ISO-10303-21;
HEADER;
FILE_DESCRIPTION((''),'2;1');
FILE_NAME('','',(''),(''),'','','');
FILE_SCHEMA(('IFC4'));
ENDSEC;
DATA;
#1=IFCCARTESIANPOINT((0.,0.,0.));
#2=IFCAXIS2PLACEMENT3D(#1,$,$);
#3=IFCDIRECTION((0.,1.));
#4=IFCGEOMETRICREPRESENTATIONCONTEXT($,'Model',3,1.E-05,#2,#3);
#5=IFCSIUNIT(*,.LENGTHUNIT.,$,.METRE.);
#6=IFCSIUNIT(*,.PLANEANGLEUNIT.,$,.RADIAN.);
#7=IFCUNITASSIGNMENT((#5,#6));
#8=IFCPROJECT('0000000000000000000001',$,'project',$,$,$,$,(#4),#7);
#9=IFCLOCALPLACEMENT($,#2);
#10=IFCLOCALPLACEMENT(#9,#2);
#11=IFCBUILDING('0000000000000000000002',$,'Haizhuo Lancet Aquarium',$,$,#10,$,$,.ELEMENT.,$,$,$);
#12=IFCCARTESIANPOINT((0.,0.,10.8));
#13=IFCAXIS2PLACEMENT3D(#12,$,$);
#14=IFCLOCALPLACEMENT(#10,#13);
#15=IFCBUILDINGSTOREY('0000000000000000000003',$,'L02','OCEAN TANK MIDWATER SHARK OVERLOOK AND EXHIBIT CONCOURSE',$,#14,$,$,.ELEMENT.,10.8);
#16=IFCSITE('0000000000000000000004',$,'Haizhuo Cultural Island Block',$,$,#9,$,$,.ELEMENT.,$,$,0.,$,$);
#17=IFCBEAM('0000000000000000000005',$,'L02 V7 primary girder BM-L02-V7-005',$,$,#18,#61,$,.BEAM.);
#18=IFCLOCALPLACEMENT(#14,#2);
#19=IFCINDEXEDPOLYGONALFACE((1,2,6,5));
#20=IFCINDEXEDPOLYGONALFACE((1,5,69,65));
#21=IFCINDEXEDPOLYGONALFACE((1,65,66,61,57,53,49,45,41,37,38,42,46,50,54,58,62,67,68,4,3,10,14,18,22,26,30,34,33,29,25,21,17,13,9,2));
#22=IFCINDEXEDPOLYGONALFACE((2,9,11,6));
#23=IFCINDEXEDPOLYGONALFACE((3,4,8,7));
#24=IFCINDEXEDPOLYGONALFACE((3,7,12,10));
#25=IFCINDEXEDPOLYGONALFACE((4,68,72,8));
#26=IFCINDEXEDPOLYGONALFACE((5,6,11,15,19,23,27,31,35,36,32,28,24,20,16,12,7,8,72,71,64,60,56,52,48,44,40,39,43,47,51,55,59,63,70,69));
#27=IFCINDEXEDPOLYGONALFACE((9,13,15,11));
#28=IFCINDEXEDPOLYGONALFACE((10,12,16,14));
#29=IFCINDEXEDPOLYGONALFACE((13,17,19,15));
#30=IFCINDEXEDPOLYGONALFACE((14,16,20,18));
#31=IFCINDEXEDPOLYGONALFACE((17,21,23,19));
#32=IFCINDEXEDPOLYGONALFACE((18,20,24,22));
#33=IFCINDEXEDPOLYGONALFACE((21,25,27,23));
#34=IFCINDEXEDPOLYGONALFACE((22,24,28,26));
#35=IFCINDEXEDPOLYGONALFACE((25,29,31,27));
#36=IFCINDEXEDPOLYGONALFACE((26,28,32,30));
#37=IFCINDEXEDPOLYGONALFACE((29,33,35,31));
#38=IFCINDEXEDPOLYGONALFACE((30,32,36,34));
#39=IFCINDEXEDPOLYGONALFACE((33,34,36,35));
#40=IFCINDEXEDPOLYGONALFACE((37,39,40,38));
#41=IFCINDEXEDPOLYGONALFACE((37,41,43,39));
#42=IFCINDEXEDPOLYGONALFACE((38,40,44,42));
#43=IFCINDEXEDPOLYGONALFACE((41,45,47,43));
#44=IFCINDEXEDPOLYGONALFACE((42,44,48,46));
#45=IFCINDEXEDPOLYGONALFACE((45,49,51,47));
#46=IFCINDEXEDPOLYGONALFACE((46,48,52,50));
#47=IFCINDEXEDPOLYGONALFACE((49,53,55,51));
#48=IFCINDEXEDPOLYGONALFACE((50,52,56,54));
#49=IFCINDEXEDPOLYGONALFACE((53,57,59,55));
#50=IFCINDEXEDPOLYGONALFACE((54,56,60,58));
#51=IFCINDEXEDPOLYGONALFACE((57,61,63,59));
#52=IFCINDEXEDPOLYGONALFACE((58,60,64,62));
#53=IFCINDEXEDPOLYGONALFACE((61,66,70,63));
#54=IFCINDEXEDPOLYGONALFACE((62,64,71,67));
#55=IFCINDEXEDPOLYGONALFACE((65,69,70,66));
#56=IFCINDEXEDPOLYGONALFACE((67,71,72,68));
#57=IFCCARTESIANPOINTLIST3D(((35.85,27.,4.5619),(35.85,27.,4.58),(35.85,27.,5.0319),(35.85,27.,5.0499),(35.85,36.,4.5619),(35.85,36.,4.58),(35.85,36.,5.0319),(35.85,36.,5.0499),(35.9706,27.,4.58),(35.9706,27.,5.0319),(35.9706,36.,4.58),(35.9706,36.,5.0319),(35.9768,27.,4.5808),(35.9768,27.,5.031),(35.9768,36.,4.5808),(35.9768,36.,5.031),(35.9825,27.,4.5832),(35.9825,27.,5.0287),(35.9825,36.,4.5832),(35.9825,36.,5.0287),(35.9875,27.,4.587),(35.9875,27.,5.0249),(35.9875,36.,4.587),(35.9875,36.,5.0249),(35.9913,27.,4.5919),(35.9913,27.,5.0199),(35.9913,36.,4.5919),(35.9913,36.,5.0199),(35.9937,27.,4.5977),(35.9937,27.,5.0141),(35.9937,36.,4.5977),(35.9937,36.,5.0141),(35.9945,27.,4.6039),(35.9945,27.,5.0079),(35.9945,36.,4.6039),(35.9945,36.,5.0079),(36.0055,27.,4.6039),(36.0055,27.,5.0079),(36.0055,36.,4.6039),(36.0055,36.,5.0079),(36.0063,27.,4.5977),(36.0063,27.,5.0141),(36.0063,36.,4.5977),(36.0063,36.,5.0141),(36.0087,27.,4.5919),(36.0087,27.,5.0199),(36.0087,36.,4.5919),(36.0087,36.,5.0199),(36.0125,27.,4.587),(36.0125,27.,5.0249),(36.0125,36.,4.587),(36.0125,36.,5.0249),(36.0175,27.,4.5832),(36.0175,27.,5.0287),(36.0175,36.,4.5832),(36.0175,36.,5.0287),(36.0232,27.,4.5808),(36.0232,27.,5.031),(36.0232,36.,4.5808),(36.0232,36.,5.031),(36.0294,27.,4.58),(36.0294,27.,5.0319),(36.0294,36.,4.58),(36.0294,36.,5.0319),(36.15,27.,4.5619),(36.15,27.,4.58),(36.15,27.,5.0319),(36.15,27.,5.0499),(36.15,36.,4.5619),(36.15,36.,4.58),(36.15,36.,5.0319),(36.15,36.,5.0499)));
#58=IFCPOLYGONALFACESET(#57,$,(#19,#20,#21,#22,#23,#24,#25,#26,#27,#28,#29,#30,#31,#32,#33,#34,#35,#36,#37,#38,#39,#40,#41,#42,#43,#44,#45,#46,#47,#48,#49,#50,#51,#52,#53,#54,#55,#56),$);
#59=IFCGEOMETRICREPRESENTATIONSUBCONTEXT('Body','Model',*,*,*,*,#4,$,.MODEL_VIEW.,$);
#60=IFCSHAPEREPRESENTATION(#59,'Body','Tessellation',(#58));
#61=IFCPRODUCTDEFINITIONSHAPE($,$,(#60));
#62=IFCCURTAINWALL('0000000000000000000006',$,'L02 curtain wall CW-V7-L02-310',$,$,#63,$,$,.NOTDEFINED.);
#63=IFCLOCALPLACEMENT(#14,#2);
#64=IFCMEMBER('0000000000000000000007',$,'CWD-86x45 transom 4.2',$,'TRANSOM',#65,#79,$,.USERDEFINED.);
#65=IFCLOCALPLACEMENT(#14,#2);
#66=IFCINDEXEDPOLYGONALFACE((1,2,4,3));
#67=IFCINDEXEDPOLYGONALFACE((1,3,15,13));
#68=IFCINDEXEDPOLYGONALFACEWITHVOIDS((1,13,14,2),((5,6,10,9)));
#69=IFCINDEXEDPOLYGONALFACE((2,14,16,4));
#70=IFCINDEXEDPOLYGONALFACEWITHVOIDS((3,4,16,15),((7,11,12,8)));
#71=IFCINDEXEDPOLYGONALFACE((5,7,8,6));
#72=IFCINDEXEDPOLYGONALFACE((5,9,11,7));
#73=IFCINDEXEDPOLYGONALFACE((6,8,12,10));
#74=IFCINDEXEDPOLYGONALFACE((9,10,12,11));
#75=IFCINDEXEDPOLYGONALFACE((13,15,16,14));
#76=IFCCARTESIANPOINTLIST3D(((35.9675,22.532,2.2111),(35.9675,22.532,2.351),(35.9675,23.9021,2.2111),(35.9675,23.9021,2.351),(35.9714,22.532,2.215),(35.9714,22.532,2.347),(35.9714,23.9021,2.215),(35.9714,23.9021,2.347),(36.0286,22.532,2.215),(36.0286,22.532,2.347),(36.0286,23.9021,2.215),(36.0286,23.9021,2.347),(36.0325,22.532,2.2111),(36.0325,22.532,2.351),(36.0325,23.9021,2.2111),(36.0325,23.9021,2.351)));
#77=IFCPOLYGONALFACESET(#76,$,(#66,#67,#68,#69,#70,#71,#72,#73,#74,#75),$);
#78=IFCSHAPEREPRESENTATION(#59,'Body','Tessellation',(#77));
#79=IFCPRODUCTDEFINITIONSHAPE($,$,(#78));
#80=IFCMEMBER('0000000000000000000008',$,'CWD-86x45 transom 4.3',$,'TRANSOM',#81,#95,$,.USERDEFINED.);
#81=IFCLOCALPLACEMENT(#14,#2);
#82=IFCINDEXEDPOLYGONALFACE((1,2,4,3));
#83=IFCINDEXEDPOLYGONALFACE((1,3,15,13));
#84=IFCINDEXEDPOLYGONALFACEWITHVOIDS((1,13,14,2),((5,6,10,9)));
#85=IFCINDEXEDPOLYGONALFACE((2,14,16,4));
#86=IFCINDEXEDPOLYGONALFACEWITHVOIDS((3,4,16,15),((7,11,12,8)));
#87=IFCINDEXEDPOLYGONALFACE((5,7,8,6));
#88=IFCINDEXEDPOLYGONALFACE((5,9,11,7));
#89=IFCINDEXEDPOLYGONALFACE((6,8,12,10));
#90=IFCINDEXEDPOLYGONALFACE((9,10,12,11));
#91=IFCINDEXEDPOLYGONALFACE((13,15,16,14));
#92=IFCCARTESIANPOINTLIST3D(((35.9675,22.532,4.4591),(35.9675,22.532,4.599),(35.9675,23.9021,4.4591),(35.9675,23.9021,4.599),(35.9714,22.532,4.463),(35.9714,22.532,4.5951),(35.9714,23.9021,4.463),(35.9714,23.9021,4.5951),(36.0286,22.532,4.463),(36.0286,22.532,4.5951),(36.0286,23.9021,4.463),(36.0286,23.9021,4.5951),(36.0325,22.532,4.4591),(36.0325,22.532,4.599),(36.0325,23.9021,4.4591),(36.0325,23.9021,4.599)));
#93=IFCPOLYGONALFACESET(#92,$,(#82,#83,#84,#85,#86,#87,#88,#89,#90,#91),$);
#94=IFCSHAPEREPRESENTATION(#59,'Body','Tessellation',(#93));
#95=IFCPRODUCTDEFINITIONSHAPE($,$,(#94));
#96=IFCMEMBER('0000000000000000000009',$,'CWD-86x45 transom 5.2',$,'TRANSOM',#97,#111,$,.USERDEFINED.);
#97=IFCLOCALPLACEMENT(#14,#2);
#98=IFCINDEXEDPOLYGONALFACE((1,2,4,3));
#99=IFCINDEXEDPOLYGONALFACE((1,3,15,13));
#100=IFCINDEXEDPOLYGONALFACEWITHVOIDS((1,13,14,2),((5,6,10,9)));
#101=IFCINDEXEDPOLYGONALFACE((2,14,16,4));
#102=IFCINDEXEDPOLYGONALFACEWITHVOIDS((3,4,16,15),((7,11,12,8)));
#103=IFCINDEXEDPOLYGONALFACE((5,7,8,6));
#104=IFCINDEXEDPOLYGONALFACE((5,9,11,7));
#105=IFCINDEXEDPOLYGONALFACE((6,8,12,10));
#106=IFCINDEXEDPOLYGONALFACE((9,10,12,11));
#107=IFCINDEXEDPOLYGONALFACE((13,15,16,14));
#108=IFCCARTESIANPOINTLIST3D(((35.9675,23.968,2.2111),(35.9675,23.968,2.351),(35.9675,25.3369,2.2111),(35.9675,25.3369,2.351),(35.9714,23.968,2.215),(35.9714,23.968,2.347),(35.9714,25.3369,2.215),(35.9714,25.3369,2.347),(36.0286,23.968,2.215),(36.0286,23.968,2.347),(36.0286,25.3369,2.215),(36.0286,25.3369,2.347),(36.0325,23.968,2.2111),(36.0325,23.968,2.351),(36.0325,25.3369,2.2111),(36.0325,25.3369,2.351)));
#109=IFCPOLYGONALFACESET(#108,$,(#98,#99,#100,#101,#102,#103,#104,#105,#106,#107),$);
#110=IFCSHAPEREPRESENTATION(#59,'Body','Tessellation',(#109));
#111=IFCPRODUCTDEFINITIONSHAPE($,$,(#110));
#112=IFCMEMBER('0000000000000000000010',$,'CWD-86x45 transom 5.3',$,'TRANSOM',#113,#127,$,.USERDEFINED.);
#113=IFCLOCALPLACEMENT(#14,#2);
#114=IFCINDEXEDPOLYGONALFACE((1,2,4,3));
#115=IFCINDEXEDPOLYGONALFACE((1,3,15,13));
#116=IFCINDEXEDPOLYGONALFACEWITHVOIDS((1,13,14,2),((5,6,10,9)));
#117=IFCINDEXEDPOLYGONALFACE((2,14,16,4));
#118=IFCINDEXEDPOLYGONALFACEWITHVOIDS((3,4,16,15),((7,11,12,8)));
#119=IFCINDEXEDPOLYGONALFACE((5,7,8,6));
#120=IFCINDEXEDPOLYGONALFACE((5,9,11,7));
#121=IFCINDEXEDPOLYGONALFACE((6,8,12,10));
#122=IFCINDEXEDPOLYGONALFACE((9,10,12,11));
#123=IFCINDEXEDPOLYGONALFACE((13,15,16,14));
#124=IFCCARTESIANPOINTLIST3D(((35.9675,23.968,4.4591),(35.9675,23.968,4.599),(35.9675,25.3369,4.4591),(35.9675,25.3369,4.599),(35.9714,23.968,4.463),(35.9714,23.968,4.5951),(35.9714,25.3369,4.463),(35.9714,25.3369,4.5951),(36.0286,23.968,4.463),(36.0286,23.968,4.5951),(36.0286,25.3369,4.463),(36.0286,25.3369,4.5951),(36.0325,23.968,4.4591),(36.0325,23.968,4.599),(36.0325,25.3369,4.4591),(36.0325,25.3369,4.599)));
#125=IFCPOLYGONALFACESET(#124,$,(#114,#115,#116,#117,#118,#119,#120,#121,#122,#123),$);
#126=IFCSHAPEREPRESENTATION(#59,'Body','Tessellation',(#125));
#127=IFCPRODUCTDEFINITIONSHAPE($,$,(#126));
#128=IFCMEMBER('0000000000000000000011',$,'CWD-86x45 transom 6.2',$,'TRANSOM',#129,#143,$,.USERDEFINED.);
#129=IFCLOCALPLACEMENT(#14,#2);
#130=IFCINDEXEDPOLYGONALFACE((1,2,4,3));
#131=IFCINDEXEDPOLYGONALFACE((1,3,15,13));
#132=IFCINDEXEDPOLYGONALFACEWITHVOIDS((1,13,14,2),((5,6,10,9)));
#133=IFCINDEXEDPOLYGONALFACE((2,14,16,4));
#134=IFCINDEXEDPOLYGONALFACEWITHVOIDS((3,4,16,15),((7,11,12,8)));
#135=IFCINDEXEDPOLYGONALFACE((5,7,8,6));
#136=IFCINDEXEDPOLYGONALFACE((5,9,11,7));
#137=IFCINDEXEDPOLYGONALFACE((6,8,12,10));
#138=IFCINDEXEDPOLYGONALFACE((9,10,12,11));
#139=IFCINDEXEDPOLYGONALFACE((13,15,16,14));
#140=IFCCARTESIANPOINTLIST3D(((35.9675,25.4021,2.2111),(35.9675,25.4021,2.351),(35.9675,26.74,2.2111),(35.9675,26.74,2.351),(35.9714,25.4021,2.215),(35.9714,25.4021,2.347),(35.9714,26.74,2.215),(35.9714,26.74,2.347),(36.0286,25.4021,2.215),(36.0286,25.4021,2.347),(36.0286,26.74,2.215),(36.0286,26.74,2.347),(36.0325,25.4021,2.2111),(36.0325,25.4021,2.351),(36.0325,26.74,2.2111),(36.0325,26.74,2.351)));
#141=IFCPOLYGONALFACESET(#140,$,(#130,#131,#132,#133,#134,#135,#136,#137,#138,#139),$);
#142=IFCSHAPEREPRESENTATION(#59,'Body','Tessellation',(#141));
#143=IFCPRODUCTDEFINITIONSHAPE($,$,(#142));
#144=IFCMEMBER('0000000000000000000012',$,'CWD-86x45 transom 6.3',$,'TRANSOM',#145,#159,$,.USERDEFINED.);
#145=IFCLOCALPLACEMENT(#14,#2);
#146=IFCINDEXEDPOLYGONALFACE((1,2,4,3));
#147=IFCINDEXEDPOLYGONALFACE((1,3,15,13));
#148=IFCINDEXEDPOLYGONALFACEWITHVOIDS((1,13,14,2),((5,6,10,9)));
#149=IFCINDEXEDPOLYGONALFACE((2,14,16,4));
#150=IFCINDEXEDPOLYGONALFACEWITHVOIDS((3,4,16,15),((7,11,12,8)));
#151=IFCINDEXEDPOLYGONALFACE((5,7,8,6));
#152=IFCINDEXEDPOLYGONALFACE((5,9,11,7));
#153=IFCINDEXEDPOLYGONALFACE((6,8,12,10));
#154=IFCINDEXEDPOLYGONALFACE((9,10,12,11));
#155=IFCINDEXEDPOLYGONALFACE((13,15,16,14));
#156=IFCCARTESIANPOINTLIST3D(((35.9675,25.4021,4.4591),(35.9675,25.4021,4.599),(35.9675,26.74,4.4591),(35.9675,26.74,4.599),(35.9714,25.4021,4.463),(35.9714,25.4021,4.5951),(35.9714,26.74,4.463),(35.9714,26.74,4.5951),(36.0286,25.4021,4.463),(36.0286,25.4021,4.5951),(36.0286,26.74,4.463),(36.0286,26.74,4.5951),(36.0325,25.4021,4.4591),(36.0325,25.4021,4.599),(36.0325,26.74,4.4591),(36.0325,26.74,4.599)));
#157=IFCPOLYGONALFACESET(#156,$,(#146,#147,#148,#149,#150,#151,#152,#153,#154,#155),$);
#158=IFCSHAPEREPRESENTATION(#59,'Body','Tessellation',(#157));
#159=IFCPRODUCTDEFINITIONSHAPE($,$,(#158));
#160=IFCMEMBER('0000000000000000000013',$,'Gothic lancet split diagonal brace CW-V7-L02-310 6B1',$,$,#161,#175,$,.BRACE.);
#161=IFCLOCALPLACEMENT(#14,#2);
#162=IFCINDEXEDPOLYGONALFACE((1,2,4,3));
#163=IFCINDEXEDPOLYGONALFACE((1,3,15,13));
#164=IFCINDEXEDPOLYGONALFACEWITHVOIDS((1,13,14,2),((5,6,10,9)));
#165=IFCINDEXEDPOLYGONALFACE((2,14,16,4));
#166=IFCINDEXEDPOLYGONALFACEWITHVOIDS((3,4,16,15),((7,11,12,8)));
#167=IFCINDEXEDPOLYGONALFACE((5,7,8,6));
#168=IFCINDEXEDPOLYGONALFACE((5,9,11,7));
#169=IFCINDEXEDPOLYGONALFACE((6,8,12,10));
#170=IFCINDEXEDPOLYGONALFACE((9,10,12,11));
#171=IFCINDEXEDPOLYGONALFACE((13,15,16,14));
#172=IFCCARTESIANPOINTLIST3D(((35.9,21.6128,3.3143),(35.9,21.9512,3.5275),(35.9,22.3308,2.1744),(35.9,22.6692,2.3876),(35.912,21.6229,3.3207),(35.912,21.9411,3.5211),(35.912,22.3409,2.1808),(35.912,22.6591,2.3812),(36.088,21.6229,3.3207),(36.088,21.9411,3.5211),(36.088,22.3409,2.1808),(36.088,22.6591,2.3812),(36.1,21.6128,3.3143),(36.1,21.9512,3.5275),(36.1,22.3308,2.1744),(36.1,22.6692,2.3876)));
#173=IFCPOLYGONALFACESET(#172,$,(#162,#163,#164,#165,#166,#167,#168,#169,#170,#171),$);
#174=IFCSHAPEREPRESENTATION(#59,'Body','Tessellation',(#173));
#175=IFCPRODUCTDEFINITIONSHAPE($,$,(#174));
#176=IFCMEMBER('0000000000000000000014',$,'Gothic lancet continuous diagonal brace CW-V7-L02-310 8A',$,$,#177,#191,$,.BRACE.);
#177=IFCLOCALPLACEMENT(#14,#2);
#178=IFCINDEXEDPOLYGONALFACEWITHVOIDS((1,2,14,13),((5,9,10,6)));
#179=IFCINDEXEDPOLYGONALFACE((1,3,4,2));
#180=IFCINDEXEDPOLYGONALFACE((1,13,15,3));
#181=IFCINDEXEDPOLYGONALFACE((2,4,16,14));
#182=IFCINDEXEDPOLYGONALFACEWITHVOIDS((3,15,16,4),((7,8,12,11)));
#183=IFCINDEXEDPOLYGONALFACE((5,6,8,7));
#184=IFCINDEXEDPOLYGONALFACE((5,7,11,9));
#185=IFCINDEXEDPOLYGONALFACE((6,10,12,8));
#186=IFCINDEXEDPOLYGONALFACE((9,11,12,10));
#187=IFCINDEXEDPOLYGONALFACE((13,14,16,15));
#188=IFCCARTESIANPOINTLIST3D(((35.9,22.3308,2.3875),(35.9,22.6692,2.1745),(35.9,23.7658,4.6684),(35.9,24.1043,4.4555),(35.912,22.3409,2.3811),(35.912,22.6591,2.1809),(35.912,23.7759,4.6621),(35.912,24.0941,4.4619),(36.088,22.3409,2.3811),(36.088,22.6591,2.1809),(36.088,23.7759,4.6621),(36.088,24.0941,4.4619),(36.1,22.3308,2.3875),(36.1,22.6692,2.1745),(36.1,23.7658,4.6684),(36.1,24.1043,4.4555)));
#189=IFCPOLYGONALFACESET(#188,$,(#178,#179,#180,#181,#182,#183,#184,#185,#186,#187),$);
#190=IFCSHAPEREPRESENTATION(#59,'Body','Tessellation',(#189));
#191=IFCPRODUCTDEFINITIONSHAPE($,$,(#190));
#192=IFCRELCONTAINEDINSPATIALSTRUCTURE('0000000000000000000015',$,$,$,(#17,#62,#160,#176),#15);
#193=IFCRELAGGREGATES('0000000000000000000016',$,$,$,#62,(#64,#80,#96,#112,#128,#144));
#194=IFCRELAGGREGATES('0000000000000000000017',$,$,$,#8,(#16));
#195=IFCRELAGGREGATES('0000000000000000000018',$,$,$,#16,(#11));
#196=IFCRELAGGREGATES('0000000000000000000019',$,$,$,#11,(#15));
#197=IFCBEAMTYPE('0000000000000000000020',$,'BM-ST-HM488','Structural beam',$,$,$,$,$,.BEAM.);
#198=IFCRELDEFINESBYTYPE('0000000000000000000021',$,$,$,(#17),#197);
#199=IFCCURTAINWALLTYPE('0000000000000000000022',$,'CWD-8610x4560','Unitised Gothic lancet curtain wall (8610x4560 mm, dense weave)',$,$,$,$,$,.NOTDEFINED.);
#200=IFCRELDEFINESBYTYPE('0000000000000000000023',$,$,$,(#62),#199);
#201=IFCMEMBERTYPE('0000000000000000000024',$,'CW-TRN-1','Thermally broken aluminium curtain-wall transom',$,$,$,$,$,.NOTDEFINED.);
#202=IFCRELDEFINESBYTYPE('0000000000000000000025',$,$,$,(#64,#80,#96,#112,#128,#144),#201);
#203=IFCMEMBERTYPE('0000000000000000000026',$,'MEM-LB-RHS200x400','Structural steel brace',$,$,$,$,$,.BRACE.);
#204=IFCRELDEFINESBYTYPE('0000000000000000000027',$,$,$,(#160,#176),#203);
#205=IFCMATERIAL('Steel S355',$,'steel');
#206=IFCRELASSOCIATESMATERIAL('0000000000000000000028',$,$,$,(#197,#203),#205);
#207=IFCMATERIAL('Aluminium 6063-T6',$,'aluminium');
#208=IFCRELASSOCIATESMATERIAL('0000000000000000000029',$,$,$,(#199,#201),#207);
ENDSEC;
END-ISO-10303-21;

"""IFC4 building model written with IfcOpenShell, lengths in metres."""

from ifc_helpers import new_model, si_unit, direction, frame, origin, origin_2d, place, context, subcontext, project, spatial, hollow_rectangle, i_section, extrude, material, material_profile, profile_set, type_object, element, aggregate, save


model = new_model("IFC4")

# Units and contexts
model_context = context("Model", 3, precision=1e-05, world=origin(), true_north=direction((0.0, 1.0)))
body_context = subcontext(model_context, "Body", "Model", "MODEL_VIEW")
ifc_project = project(units=[si_unit("LENGTHUNIT", "METRE"), si_unit("PLANEANGLEUNIT", "RADIAN")], contexts=[model_context])

# Site, building, storey
site_placement = place(None, origin())
site = spatial("IfcSite", under=ifc_project, at=site_placement, Name="Haizhuo Cultural Island Block", CompositionType="ELEMENT", RefElevation=0.0)
building_placement = place(site_placement, origin())
building = spatial("IfcBuilding", under=site, at=building_placement, Name="Haizhuo Lancet Aquarium", CompositionType="ELEMENT")
storey_placement = place(building_placement, frame((0.0, 0.0, 10.8)))
storey = spatial("IfcBuildingStorey", under=building, at=storey_placement, Name="L02", Description="OCEAN TANK MIDWATER SHARK OVERLOOK AND EXHIBIT CONCOURSE", CompositionType="ELEMENT", Elevation=10.8)

# Beam
ifc_material_1 = material(Name="Steel S355", Category="steel")
ifc_material_profile_1 = material_profile(ifc_material_1, i_section(OverallWidth=0.3, OverallDepth=0.488, WebThickness=0.011, FlangeThickness=0.0181, FilletRadius=0.0239, at=origin_2d()), Name="HM 488x300x11x18")
ifc_profile_set_1 = profile_set([ifc_material_profile_1], Name="Steel S355")
beam_type = type_object("IfcBeamType", Name="BM-ST-HM488", Description="Structural beam", PredefinedType="BEAM", material=ifc_profile_set_1)
beam_placement = place(storey_placement, frame((36.0, 27.0, 4.8059), z_axis=(0.0, 1.0, 0.0), x_axis=(-1.0, 0.0, 0.0)))
element("IfcBeam", 1, at=beam_placement, inside=storey, type_object=beam_type, Name="L02 V7 primary girder BM-L02-V7-005", PredefinedType="BEAM", context=body_context, shape_type="SweptSolid", body=[
    extrude(i_section(OverallWidth=0.3, OverallDepth=0.488, WebThickness=0.011, FlangeThickness=0.0181, FilletRadius=0.0239, at=origin_2d()), origin(), (0.0, 0.0, 1.0), 9.0),
])

# Curtain wall, members
ifc_material_2 = material(Name="Aluminium 6063-T6", Category="aluminium")
curtain_wall_type = type_object("IfcCurtainWallType", Name="CWD-8610x4560", Description="Unitised Gothic lancet curtain wall (8610x4560 mm, dense weave)", PredefinedType="NOTDEFINED", material=ifc_material_2)
curtain_wall_placement = place(storey_placement, origin())
curtain_wall = element("IfcCurtainWall", 2, at=curtain_wall_placement, inside=storey, type_object=curtain_wall_type, Name="L02 curtain wall CW-V7-L02-310", PredefinedType="NOTDEFINED")
ifc_material_profile_2 = material_profile(ifc_material_2, hollow_rectangle(XDim=0.0649, YDim=0.1399, WallThickness=0.0039, at=origin_2d()), Name="ALU-T 65x140x4")
ifc_profile_set_2 = profile_set([ifc_material_profile_2], Name="Aluminium 6063-T6")
member_type_1 = type_object("IfcMemberType", Name="CW-TRN-1", Description="Thermally broken aluminium curtain-wall transom", PredefinedType="NOTDEFINED", material=ifc_profile_set_2)
member_1_placement = place(storey_placement, frame((36.0, 22.532, 2.281), z_axis=(0.0, 1.0, 0.0), x_axis=(-1.0, 0.0, 0.0)))
member_1 = element("IfcMember", 3, at=member_1_placement, type_object=member_type_1, Name="CWD-86x45 transom 4.2", ObjectType="TRANSOM", PredefinedType="USERDEFINED", context=body_context, shape_type="SweptSolid", body=[
    extrude(hollow_rectangle(XDim=0.0649, YDim=0.1399, WallThickness=0.0039, at=origin_2d()), origin(), (0.0, 0.0, 1.0), 1.3701),
])
member_2_placement = place(storey_placement, frame((36.0, 22.532, 4.5291), z_axis=(0.0, 1.0, 0.0), x_axis=(-1.0, 0.0, 0.0)))
member_2 = element("IfcMember", 4, at=member_2_placement, type_object=member_type_1, Name="CWD-86x45 transom 4.3", ObjectType="TRANSOM", PredefinedType="USERDEFINED", context=body_context, shape_type="SweptSolid", body=[
    extrude(hollow_rectangle(XDim=0.0649, YDim=0.1399, WallThickness=0.0039, at=origin_2d()), origin(), (0.0, 0.0, 1.0), 1.3701),
])
member_3_placement = place(storey_placement, frame((36.0, 23.968, 2.281), z_axis=(0.0, 1.0, 0.0), x_axis=(-1.0, 0.0, 0.0)))
member_3 = element("IfcMember", 5, at=member_3_placement, type_object=member_type_1, Name="CWD-86x45 transom 5.2", ObjectType="TRANSOM", PredefinedType="USERDEFINED", context=body_context, shape_type="SweptSolid", body=[
    extrude(hollow_rectangle(XDim=0.0649, YDim=0.1399, WallThickness=0.0039, at=origin_2d()), origin(), (0.0, 0.0, 1.0), 1.3689),
])
member_4_placement = place(storey_placement, frame((36.0, 23.968, 4.5291), z_axis=(0.0, 1.0, 0.0), x_axis=(-1.0, 0.0, 0.0)))
member_4 = element("IfcMember", 6, at=member_4_placement, type_object=member_type_1, Name="CWD-86x45 transom 5.3", ObjectType="TRANSOM", PredefinedType="USERDEFINED", context=body_context, shape_type="SweptSolid", body=[
    extrude(hollow_rectangle(XDim=0.0649, YDim=0.1399, WallThickness=0.0039, at=origin_2d()), origin(), (0.0, 0.0, 1.0), 1.3689),
])
member_5_placement = place(storey_placement, frame((36.0, 25.4021, 2.281), z_axis=(0.0, 1.0, 0.0), x_axis=(-1.0, 0.0, 0.0)))
member_5 = element("IfcMember", 7, at=member_5_placement, type_object=member_type_1, Name="CWD-86x45 transom 6.2", ObjectType="TRANSOM", PredefinedType="USERDEFINED", context=body_context, shape_type="SweptSolid", body=[
    extrude(hollow_rectangle(XDim=0.0649, YDim=0.1399, WallThickness=0.0039, at=origin_2d()), origin(), (0.0, 0.0, 1.0), 1.3379),
])
member_6_placement = place(storey_placement, frame((36.0, 25.4021, 4.5291), z_axis=(0.0, 1.0, 0.0), x_axis=(-1.0, 0.0, 0.0)))
member_6 = element("IfcMember", 8, at=member_6_placement, type_object=member_type_1, Name="CWD-86x45 transom 6.3", ObjectType="TRANSOM", PredefinedType="USERDEFINED", context=body_context, shape_type="SweptSolid", body=[
    extrude(hollow_rectangle(XDim=0.0649, YDim=0.1399, WallThickness=0.0039, at=origin_2d()), origin(), (0.0, 0.0, 1.0), 1.3379),
])

# Members
ifc_material_profile_3 = material_profile(ifc_material_1, hollow_rectangle(XDim=0.2, YDim=0.3999, WallThickness=0.012, at=origin_2d()), Name="RHS 200x400x12")
ifc_profile_set_3 = profile_set([ifc_material_profile_3], Name="Steel S355")
member_type_2 = type_object("IfcMemberType", Name="MEM-LB-RHS200x400", Description="Structural steel brace", PredefinedType="BRACE", material=ifc_profile_set_3)
member_7_placement = place(storey_placement, frame((36.0, 22.5, 2.281), z_axis=(0.0, -0.532977, 0.84613), x_axis=(1.0, 0.0, 0.0)))
element("IfcMember", 9, at=member_7_placement, inside=storey, type_object=member_type_2, Name="Gothic lancet split diagonal brace CW-V7-L02-310 6B1", PredefinedType="BRACE", context=body_context, shape_type="SweptSolid", body=[
    extrude(hollow_rectangle(XDim=0.2, YDim=0.3999, WallThickness=0.012, at=origin_2d()), origin(), (0.0, 0.0, 1.0), 1.3472),
])
member_8_placement = place(storey_placement, frame((36.0, 22.5, 2.281), z_axis=(0.0, 0.532513, 0.846422), x_axis=(-1.0, 0.0, 0.0)))
element("IfcMember", 10, at=member_8_placement, inside=storey, type_object=member_type_2, Name="Gothic lancet continuous diagonal brace CW-V7-L02-310 8A", PredefinedType="BRACE", context=body_context, shape_type="SweptSolid", body=[
    extrude(hollow_rectangle(XDim=0.2, YDim=0.3999, WallThickness=0.012, at=origin_2d()), origin(), (0.0, 0.0, 1.0), 2.6948),
])

aggregate(curtain_wall, [member_1, member_2, member_3, member_4, member_5, member_6])

save(model, "model.ifc")
